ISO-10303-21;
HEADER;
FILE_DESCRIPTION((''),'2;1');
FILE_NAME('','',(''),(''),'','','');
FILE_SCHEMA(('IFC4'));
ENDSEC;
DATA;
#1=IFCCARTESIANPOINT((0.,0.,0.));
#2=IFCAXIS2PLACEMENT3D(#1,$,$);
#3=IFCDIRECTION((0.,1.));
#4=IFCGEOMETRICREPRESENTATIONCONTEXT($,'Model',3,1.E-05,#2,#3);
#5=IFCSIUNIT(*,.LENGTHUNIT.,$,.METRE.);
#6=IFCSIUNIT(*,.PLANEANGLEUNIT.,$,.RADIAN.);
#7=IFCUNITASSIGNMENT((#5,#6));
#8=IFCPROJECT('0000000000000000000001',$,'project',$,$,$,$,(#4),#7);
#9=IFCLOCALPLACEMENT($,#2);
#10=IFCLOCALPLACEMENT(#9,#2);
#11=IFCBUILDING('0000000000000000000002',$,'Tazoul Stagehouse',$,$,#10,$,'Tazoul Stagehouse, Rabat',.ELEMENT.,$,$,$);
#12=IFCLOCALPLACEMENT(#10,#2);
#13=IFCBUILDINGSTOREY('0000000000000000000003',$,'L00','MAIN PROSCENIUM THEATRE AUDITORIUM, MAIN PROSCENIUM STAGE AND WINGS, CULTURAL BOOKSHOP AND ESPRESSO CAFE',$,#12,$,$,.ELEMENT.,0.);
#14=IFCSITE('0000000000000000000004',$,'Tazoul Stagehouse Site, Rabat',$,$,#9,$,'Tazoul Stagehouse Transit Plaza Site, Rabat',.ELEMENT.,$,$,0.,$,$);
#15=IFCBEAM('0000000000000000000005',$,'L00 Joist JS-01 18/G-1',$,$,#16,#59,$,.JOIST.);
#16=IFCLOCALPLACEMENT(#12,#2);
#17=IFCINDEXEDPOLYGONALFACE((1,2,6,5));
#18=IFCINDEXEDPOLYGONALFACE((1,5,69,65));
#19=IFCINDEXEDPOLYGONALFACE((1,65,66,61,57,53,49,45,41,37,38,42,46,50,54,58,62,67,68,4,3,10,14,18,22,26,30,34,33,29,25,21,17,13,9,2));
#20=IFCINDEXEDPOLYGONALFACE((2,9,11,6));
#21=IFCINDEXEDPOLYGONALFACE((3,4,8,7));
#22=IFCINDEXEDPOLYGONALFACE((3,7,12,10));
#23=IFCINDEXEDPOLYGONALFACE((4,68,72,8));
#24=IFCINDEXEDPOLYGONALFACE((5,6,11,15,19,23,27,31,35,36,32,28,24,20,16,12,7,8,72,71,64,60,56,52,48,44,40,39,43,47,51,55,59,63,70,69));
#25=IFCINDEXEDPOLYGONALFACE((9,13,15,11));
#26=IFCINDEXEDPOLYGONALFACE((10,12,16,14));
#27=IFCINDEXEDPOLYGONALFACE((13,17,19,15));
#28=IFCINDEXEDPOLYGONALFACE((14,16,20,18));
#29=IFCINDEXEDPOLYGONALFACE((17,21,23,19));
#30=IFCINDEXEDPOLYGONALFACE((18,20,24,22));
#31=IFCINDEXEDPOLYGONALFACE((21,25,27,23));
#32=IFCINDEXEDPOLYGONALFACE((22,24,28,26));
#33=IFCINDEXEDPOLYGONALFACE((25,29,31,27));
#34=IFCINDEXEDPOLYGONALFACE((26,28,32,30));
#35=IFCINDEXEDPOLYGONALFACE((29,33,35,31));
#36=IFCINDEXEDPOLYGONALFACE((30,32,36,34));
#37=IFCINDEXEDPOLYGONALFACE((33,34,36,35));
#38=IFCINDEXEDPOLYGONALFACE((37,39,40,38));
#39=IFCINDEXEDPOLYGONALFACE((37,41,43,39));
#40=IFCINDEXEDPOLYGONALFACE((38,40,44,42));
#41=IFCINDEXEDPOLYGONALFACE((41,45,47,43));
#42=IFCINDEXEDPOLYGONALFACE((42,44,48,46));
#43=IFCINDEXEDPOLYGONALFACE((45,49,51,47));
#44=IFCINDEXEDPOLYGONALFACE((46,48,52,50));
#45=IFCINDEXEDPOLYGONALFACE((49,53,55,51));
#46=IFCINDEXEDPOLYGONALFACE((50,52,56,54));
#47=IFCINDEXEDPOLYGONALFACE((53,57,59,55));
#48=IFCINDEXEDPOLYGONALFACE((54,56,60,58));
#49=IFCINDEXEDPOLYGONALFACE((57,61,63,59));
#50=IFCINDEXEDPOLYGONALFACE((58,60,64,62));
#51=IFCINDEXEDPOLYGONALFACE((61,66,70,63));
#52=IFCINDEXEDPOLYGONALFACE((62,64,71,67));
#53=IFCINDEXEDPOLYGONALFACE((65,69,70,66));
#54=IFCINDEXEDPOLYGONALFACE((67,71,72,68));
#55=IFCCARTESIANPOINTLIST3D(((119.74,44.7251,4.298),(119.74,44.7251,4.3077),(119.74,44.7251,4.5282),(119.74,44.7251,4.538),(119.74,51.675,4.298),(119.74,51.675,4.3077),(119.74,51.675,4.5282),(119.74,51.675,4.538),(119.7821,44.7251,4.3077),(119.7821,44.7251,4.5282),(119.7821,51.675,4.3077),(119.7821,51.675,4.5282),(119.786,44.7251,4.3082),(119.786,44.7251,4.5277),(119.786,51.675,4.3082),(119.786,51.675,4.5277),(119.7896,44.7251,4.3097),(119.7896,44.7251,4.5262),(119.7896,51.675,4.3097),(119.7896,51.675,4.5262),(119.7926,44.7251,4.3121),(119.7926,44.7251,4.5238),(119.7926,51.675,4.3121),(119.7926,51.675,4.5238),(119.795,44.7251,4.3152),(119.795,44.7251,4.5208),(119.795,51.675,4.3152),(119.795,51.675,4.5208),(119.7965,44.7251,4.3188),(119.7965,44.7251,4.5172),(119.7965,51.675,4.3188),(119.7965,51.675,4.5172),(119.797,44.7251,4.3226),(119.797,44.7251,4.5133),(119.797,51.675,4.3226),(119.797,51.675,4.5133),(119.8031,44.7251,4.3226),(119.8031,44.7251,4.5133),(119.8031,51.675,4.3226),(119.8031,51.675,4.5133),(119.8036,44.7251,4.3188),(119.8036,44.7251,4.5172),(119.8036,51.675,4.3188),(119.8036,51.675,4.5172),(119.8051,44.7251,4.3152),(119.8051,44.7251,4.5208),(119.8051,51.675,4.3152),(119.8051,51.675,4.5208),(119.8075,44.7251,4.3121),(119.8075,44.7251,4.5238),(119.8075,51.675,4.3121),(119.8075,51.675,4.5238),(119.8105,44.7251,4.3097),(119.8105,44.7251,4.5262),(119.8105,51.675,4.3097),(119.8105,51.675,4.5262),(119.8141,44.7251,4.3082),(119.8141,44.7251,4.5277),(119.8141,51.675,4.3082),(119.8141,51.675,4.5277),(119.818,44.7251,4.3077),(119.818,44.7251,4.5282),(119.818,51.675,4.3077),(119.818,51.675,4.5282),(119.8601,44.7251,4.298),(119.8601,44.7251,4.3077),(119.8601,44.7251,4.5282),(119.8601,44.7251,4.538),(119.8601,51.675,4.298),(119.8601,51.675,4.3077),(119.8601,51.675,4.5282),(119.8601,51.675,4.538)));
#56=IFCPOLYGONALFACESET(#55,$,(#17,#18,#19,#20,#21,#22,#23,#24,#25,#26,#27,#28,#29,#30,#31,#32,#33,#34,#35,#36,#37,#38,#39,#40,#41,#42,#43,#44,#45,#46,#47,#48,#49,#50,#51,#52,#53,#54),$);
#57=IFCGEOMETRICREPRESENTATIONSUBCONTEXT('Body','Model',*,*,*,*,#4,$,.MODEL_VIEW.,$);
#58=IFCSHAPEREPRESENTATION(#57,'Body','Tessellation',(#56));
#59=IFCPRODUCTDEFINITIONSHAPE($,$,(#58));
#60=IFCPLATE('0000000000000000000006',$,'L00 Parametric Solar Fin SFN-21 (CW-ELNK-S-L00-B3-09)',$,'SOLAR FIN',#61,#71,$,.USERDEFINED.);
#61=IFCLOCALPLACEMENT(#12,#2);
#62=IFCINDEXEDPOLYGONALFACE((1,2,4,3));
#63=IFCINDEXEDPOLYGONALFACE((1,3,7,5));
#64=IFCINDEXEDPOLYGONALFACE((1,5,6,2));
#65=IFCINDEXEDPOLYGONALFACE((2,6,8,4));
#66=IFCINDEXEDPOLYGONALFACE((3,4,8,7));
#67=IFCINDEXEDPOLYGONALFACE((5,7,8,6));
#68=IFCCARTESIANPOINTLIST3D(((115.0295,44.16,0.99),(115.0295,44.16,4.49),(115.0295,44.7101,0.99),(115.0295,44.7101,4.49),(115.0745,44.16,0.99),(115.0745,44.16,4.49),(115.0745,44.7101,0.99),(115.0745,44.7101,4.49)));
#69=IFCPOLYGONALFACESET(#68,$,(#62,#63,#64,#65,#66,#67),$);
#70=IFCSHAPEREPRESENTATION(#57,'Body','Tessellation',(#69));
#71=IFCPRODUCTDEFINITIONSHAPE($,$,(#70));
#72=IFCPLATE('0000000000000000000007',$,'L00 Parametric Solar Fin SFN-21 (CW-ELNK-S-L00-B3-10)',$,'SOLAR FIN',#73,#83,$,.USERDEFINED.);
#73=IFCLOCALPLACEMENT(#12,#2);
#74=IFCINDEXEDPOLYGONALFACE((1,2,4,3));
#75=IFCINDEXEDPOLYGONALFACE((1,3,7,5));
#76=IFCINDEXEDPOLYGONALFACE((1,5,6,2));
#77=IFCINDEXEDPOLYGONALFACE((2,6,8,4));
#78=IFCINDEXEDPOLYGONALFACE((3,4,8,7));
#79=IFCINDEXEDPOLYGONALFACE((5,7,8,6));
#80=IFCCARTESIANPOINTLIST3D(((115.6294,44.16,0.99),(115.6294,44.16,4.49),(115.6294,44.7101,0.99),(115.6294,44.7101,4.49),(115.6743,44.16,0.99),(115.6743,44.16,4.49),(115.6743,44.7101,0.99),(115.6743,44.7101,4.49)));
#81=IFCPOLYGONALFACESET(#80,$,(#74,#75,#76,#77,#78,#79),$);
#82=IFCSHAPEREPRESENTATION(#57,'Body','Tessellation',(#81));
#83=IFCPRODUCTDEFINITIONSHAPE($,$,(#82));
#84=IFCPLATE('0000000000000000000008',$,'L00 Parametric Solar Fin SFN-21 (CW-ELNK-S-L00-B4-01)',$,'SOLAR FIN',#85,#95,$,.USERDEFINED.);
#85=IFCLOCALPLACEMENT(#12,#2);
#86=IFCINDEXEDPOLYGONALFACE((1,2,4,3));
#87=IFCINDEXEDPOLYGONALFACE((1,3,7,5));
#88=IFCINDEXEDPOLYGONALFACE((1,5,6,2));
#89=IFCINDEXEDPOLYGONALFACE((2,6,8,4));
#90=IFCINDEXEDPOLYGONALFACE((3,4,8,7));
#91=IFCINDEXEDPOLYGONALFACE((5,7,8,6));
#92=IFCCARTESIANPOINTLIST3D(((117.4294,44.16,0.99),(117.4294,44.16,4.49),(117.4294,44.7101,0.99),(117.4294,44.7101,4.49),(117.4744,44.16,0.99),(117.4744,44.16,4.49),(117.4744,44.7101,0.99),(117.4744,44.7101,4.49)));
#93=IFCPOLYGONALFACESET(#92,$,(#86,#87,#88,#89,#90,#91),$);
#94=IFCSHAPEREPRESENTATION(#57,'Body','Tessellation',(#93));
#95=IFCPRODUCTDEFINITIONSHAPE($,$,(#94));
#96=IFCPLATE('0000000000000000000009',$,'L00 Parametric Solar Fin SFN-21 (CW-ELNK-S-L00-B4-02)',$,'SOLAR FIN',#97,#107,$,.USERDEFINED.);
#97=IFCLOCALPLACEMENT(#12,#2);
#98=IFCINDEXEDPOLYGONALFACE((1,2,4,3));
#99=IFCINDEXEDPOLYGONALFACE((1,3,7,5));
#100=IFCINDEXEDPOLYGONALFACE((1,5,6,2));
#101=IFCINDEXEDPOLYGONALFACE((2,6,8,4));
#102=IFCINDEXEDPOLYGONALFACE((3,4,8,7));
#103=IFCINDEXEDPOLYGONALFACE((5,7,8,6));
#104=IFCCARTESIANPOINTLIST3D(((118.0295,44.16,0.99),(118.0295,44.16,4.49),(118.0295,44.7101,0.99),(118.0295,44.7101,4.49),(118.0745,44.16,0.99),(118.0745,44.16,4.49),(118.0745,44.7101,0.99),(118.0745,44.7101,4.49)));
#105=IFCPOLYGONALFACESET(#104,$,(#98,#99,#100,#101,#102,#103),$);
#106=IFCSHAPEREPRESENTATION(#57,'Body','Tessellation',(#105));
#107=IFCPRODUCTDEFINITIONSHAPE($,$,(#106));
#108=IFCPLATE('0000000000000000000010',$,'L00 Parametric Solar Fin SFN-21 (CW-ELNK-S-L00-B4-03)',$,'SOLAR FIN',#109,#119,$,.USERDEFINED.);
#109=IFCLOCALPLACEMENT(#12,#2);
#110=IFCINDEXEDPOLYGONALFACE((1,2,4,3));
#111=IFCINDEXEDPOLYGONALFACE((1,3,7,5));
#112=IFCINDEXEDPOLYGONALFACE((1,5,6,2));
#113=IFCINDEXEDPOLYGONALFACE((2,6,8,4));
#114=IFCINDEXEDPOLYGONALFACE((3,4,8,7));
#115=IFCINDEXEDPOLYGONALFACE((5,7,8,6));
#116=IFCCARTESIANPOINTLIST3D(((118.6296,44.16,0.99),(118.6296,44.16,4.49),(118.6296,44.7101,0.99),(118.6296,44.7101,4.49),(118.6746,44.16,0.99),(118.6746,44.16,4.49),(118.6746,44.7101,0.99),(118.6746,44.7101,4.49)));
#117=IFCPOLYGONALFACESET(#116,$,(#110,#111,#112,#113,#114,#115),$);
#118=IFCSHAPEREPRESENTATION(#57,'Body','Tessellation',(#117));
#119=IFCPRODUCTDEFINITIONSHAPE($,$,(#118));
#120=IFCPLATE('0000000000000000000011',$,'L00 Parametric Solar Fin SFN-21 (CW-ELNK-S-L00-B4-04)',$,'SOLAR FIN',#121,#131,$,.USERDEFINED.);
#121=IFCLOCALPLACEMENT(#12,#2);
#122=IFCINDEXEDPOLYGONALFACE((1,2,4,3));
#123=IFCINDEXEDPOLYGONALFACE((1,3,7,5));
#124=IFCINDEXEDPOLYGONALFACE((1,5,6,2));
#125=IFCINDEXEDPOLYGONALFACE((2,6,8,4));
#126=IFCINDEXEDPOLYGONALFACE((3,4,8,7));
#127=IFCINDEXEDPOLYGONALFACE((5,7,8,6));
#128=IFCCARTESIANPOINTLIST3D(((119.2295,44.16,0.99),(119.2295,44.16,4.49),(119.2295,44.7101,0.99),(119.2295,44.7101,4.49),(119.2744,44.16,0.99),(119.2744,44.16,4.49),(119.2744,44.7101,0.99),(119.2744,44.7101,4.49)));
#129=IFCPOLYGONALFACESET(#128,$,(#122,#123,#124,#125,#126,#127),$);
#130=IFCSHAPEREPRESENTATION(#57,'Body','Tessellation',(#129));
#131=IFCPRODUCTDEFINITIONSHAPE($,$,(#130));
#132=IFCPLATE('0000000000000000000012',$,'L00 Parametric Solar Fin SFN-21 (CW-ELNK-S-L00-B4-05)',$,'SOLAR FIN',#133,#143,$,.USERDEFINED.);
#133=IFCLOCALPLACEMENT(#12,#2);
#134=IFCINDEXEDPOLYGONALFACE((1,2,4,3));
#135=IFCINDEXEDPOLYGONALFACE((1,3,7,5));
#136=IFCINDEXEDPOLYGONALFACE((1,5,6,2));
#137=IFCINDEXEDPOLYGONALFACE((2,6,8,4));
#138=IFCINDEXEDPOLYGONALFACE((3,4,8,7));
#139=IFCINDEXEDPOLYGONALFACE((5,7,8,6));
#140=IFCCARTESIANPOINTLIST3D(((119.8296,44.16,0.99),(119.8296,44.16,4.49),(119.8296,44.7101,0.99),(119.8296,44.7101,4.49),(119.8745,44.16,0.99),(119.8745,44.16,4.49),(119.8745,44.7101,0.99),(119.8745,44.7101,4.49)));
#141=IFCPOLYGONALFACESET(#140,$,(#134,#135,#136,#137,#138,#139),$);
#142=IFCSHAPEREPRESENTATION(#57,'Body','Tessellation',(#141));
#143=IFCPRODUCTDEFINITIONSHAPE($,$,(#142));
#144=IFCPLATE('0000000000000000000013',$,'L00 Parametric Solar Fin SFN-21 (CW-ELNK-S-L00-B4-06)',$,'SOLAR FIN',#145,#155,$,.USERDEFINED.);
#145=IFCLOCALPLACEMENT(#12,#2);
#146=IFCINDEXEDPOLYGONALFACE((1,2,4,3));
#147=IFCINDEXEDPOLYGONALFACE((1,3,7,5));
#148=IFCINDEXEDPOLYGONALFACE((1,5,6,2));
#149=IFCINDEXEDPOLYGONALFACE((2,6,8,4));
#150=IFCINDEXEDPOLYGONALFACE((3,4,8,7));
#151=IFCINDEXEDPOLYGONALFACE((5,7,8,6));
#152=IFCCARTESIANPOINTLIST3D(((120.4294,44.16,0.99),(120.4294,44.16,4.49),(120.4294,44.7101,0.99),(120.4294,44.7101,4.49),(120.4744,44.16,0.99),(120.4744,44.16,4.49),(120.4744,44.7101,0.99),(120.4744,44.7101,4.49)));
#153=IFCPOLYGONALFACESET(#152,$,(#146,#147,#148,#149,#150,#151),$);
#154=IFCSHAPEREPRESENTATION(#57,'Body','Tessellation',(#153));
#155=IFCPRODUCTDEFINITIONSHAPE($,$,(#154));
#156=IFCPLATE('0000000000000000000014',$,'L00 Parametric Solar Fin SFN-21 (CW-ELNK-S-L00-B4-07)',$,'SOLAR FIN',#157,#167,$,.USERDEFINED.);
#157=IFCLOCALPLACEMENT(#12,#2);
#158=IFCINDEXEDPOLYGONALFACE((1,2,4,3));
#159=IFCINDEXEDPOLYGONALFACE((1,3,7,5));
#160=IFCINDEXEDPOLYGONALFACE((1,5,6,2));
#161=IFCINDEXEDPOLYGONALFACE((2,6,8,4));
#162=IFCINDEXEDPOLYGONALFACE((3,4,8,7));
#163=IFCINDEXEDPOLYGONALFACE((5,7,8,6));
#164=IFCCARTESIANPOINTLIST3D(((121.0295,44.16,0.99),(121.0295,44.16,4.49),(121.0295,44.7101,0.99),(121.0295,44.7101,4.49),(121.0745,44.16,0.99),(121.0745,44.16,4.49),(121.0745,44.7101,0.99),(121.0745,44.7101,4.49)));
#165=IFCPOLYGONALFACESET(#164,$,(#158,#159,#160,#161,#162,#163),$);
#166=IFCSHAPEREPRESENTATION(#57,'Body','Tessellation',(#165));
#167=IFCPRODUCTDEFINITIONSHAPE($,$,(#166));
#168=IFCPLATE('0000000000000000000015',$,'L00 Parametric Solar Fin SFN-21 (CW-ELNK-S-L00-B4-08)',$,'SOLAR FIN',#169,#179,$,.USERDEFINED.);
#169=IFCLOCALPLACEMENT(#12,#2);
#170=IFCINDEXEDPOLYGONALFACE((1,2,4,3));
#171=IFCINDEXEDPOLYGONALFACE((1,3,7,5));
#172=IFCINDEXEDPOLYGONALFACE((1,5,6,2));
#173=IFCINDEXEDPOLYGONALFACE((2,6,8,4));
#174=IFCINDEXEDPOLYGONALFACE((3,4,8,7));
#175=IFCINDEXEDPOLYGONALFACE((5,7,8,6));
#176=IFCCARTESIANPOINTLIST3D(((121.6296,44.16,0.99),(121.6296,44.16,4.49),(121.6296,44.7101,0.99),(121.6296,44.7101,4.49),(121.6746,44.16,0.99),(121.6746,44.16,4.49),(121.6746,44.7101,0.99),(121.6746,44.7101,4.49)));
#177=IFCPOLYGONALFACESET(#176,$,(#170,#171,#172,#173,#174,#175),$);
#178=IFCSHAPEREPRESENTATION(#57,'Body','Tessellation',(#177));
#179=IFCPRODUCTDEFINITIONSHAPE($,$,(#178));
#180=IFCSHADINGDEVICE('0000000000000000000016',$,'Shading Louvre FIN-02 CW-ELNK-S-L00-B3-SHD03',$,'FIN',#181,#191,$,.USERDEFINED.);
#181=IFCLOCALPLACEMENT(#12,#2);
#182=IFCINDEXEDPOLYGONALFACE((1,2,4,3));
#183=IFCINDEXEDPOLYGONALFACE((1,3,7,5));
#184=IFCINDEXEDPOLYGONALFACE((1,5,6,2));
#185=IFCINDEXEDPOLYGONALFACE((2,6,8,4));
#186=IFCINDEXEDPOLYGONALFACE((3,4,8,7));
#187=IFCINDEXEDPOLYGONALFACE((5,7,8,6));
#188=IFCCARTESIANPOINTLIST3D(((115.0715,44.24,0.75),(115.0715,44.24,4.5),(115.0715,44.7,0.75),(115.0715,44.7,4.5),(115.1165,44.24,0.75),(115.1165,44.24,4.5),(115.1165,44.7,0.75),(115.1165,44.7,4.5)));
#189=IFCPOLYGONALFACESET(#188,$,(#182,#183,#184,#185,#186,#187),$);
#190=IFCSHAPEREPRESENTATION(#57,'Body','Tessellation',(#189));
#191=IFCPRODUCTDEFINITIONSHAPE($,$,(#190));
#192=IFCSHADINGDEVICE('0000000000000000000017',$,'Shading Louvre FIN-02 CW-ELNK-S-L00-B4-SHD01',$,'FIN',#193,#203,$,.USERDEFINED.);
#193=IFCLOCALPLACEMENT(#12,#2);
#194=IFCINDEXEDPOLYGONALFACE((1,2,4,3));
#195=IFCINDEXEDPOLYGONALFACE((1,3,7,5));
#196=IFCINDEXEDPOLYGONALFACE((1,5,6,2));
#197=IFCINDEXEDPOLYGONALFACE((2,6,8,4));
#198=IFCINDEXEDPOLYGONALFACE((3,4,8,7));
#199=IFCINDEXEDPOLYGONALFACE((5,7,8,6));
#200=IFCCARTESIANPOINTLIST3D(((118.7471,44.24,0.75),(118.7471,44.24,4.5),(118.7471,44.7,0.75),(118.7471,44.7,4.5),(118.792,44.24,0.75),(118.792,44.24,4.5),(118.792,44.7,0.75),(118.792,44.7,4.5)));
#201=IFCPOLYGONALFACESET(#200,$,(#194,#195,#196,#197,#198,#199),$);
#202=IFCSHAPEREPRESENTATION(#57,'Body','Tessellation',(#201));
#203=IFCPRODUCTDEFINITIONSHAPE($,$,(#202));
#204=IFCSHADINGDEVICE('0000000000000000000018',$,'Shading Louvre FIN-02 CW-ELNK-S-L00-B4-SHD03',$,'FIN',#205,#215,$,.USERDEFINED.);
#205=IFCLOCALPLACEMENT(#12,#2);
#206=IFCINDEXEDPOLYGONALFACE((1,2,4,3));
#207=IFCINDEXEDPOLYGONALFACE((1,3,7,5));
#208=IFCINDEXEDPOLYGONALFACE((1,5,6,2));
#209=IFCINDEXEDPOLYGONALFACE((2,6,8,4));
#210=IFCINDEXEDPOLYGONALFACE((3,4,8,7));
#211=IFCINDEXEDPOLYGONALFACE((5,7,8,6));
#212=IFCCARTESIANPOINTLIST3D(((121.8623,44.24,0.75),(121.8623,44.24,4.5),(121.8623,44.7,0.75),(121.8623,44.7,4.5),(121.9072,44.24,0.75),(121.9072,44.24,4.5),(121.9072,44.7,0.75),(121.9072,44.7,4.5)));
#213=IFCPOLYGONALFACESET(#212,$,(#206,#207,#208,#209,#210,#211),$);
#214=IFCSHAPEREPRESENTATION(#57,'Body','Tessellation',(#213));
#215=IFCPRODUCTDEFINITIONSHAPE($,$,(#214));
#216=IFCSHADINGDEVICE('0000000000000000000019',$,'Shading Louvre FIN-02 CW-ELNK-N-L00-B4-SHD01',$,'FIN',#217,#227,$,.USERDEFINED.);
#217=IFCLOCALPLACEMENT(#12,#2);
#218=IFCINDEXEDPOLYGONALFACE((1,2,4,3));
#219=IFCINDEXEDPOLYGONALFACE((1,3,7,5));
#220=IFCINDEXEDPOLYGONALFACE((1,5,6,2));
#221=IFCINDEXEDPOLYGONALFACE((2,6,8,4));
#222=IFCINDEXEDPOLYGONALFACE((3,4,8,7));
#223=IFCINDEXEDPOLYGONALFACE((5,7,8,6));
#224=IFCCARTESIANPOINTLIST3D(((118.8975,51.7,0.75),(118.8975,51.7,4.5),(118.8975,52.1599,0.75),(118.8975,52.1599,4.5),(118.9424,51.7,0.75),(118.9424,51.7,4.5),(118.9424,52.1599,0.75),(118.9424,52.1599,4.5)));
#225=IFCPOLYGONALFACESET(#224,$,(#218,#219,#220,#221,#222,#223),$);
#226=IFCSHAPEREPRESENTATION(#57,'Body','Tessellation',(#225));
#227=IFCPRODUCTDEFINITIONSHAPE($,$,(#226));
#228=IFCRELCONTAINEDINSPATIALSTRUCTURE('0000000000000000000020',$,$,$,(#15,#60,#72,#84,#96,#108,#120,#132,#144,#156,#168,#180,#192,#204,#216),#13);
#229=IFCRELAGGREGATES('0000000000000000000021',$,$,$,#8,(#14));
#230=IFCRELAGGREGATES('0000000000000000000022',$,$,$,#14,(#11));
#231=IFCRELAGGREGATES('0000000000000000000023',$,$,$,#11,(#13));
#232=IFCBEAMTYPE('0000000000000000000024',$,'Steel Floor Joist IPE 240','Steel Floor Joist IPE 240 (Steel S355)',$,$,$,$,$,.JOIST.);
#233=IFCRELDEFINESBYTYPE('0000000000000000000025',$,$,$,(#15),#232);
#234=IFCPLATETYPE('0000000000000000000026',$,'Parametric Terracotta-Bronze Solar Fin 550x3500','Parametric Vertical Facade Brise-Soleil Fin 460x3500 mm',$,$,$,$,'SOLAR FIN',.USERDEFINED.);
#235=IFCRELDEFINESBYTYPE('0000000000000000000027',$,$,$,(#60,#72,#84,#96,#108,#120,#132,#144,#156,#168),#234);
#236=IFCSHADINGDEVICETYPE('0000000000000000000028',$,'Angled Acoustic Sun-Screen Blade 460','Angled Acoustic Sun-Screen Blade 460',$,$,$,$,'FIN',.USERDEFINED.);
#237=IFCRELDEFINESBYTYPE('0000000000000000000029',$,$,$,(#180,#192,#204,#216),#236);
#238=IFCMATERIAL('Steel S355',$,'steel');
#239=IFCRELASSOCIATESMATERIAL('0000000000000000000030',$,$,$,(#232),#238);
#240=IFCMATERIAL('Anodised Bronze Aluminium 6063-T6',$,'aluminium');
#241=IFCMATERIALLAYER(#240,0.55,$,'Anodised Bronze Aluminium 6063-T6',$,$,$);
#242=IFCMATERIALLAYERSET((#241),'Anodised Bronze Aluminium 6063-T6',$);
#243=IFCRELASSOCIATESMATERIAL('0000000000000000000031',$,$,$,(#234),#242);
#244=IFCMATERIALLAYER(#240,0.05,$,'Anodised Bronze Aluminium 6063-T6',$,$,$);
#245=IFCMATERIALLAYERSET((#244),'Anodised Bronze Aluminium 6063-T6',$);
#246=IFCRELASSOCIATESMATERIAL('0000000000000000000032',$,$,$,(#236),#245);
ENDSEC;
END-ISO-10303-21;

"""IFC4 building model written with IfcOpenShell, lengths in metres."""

from ifc_helpers import new_model, si_unit, direction, frame, origin, origin_2d, place, context, subcontext, project, spatial, rectangle, i_section, extrude, material, layer, layer_set, material_profile, profile_set, type_object, element, save


model = new_model("IFC4")

# Units and contexts
model_context = context("Model", 3, precision=1e-05, world=origin(), true_north=direction((0.0, 1.0)))
body_context = subcontext(model_context, "Body", "Model", "MODEL_VIEW")
ifc_project = project(units=[si_unit("LENGTHUNIT", "METRE"), si_unit("PLANEANGLEUNIT", "RADIAN")], contexts=[model_context])

# Site, building, storey
site_placement = place(None, origin())
site = spatial("IfcSite", under=ifc_project, at=site_placement, Name="Tazoul Stagehouse Site, Rabat", LongName="Tazoul Stagehouse Transit Plaza Site, Rabat", CompositionType="ELEMENT", RefElevation=0.0)
building_placement = place(site_placement, origin())
building = spatial("IfcBuilding", under=site, at=building_placement, Name="Tazoul Stagehouse", LongName="Tazoul Stagehouse, Rabat", CompositionType="ELEMENT")
storey_placement = place(building_placement, origin())
storey = spatial("IfcBuildingStorey", under=building, at=storey_placement, Name="L00", Description="MAIN PROSCENIUM THEATRE AUDITORIUM, MAIN PROSCENIUM STAGE AND WINGS, CULTURAL BOOKSHOP AND ESPRESSO CAFE", CompositionType="ELEMENT", Elevation=0.0)

# Shared definitions
ifc_material_1 = material(Name="Steel S355", Category="steel")

# Beam
ifc_material_profile_1 = material_profile(ifc_material_1, i_section(OverallWidth=0.1201, OverallDepth=0.24, WebThickness=0.0061, FlangeThickness=0.0098, FilletRadius=0.0149, at=origin_2d()), Name="IPE 240")
ifc_profile_set_1 = profile_set([ifc_material_profile_1], Name="Steel S355")
beam_type_1 = type_object("IfcBeamType", Name="Steel Floor Joist IPE 240", Description="Steel Floor Joist IPE 240 (Steel S355)", PredefinedType="JOIST", material=ifc_profile_set_1)
beam_1_placement = place(storey_placement, frame((119.8, 44.7251, 4.418), z_axis=(0.0, 1.0, 0.0), x_axis=(-1.0, 0.0, 0.0)))
element("IfcBeam", 1, at=beam_1_placement, inside=storey, type_object=beam_type_1, Name="L00 Joist JS-01 18/G-1", PredefinedType="JOIST", context=body_context, shape_type="SweptSolid", body=[
    extrude(i_section(OverallWidth=0.1201, OverallDepth=0.24, WebThickness=0.0061, FlangeThickness=0.0098, FilletRadius=0.0149, at=origin_2d()), origin(), (0.0, 0.0, 1.0), 6.95),
])

# Plates
ifc_material_2 = material(Name="Anodised Bronze Aluminium 6063-T6", Category="aluminium")
ifc_layer_1 = layer(ifc_material_2, 0.55, Name="Anodised Bronze Aluminium 6063-T6")
ifc_layer_set_1 = layer_set([ifc_layer_1], Name="Anodised Bronze Aluminium 6063-T6")
plate_type = type_object("IfcPlateType", Name="Parametric Terracotta-Bronze Solar Fin 550x3500", Description="Parametric Vertical Facade Brise-Soleil Fin 460x3500 mm", ElementType="SOLAR FIN", PredefinedType="USERDEFINED", material=ifc_layer_set_1)
for number, where, z_axis, x_axis, name in (
    (2, (115.052, 44.4351, 0.99), (0.0, 0.0, 1.0), (1.0, 0.0, 0.0), "L00 Parametric Solar Fin SFN-21 (CW-ELNK-S-L00-B3-09)"),
    (3, (115.6519, 44.4351, 0.99), (0.0, 0.0, 1.0), (1.0, 0.0, 0.0), "L00 Parametric Solar Fin SFN-21 (CW-ELNK-S-L00-B3-10)"),
    (4, (117.4519, 44.4351, 0.99), (0.0, 0.0, 1.0), (1.0, 0.0, 0.0), "L00 Parametric Solar Fin SFN-21 (CW-ELNK-S-L00-B4-01)"),
    (5, (118.052, 44.4351, 0.99), (0.0, 0.0, 1.0), (1.0, 0.0, 0.0), "L00 Parametric Solar Fin SFN-21 (CW-ELNK-S-L00-B4-02)"),
    (6, (118.6521, 44.4351, 0.99), (0.0, 0.0, 1.0), (1.0, 0.0, 0.0), "L00 Parametric Solar Fin SFN-21 (CW-ELNK-S-L00-B4-03)"),
    (7, (119.252, 44.4351, 0.99), (0.0, 0.0, 1.0), (1.0, 0.0, 0.0), "L00 Parametric Solar Fin SFN-21 (CW-ELNK-S-L00-B4-04)"),
    (8, (119.8521, 44.4351, 0.99), (0.0, 0.0, 1.0), (1.0, 0.0, 0.0), "L00 Parametric Solar Fin SFN-21 (CW-ELNK-S-L00-B4-05)"),
    (9, (120.4519, 44.4351, 0.99), (0.0, 0.0, 1.0), (1.0, 0.0, 0.0), "L00 Parametric Solar Fin SFN-21 (CW-ELNK-S-L00-B4-06)"),
    (10, (121.052, 44.4351, 0.99), (0.0, 0.0, 1.0), (1.0, 0.0, 0.0), "L00 Parametric Solar Fin SFN-21 (CW-ELNK-S-L00-B4-07)"),
    (11, (121.6521, 44.4351, 0.99), (0.0, 0.0, 1.0), (1.0, 0.0, 0.0), "L00 Parametric Solar Fin SFN-21 (CW-ELNK-S-L00-B4-08)"),
):
    element("IfcPlate", number, at=place(storey_placement, frame(where, z_axis=z_axis, x_axis=x_axis)), inside=storey, type_object=plate_type, Name=name, ObjectType="SOLAR FIN", PredefinedType="USERDEFINED", context=body_context, shape_type="SweptSolid", body=[
        extrude(rectangle(XDim=0.0449, YDim=0.55, at=origin_2d()), origin(), (0.0, 0.0, 1.0), 3.5),
    ])

# Shading devices
ifc_layer_2 = layer(ifc_material_2, 0.05, Name="Anodised Bronze Aluminium 6063-T6")
ifc_layer_set_2 = layer_set([ifc_layer_2], Name="Anodised Bronze Aluminium 6063-T6")
shading_device_type_1 = type_object("IfcShadingDeviceType", Name="Angled Acoustic Sun-Screen Blade 460", Description="Angled Acoustic Sun-Screen Blade 460", ElementType="FIN", PredefinedType="USERDEFINED", material=ifc_layer_set_2)
for number, where, z_axis, x_axis, name in (
    (12, (115.094, 44.47, 0.75), (0.0, 0.0, 1.0), (1.0, 0.0, 0.0), "Shading Louvre FIN-02 CW-ELNK-S-L00-B3-SHD03"),
    (13, (118.7695, 44.47, 0.75), (0.0, 0.0, 1.0), (1.0, 0.0, 0.0), "Shading Louvre FIN-02 CW-ELNK-S-L00-B4-SHD01"),
    (14, (121.8848, 44.47, 0.75), (0.0, 0.0, 1.0), (1.0, 0.0, 0.0), "Shading Louvre FIN-02 CW-ELNK-S-L00-B4-SHD03"),
    (15, (118.9199, 51.9299, 0.75), (0.0, 0.0, 1.0), (1.0, 0.0, 0.0), "Shading Louvre FIN-02 CW-ELNK-N-L00-B4-SHD01"),
):
    element("IfcShadingDevice", number, at=place(storey_placement, frame(where, z_axis=z_axis, x_axis=x_axis)), inside=storey, type_object=shading_device_type_1, Name=name, ObjectType="FIN", PredefinedType="USERDEFINED", context=body_context, shape_type="SweptSolid", body=[
        extrude(rectangle(XDim=0.0449, YDim=0.46, at=origin_2d()), origin(), (0.0, 0.0, 1.0), 3.75),
    ])

save(model, "model.ifc")
